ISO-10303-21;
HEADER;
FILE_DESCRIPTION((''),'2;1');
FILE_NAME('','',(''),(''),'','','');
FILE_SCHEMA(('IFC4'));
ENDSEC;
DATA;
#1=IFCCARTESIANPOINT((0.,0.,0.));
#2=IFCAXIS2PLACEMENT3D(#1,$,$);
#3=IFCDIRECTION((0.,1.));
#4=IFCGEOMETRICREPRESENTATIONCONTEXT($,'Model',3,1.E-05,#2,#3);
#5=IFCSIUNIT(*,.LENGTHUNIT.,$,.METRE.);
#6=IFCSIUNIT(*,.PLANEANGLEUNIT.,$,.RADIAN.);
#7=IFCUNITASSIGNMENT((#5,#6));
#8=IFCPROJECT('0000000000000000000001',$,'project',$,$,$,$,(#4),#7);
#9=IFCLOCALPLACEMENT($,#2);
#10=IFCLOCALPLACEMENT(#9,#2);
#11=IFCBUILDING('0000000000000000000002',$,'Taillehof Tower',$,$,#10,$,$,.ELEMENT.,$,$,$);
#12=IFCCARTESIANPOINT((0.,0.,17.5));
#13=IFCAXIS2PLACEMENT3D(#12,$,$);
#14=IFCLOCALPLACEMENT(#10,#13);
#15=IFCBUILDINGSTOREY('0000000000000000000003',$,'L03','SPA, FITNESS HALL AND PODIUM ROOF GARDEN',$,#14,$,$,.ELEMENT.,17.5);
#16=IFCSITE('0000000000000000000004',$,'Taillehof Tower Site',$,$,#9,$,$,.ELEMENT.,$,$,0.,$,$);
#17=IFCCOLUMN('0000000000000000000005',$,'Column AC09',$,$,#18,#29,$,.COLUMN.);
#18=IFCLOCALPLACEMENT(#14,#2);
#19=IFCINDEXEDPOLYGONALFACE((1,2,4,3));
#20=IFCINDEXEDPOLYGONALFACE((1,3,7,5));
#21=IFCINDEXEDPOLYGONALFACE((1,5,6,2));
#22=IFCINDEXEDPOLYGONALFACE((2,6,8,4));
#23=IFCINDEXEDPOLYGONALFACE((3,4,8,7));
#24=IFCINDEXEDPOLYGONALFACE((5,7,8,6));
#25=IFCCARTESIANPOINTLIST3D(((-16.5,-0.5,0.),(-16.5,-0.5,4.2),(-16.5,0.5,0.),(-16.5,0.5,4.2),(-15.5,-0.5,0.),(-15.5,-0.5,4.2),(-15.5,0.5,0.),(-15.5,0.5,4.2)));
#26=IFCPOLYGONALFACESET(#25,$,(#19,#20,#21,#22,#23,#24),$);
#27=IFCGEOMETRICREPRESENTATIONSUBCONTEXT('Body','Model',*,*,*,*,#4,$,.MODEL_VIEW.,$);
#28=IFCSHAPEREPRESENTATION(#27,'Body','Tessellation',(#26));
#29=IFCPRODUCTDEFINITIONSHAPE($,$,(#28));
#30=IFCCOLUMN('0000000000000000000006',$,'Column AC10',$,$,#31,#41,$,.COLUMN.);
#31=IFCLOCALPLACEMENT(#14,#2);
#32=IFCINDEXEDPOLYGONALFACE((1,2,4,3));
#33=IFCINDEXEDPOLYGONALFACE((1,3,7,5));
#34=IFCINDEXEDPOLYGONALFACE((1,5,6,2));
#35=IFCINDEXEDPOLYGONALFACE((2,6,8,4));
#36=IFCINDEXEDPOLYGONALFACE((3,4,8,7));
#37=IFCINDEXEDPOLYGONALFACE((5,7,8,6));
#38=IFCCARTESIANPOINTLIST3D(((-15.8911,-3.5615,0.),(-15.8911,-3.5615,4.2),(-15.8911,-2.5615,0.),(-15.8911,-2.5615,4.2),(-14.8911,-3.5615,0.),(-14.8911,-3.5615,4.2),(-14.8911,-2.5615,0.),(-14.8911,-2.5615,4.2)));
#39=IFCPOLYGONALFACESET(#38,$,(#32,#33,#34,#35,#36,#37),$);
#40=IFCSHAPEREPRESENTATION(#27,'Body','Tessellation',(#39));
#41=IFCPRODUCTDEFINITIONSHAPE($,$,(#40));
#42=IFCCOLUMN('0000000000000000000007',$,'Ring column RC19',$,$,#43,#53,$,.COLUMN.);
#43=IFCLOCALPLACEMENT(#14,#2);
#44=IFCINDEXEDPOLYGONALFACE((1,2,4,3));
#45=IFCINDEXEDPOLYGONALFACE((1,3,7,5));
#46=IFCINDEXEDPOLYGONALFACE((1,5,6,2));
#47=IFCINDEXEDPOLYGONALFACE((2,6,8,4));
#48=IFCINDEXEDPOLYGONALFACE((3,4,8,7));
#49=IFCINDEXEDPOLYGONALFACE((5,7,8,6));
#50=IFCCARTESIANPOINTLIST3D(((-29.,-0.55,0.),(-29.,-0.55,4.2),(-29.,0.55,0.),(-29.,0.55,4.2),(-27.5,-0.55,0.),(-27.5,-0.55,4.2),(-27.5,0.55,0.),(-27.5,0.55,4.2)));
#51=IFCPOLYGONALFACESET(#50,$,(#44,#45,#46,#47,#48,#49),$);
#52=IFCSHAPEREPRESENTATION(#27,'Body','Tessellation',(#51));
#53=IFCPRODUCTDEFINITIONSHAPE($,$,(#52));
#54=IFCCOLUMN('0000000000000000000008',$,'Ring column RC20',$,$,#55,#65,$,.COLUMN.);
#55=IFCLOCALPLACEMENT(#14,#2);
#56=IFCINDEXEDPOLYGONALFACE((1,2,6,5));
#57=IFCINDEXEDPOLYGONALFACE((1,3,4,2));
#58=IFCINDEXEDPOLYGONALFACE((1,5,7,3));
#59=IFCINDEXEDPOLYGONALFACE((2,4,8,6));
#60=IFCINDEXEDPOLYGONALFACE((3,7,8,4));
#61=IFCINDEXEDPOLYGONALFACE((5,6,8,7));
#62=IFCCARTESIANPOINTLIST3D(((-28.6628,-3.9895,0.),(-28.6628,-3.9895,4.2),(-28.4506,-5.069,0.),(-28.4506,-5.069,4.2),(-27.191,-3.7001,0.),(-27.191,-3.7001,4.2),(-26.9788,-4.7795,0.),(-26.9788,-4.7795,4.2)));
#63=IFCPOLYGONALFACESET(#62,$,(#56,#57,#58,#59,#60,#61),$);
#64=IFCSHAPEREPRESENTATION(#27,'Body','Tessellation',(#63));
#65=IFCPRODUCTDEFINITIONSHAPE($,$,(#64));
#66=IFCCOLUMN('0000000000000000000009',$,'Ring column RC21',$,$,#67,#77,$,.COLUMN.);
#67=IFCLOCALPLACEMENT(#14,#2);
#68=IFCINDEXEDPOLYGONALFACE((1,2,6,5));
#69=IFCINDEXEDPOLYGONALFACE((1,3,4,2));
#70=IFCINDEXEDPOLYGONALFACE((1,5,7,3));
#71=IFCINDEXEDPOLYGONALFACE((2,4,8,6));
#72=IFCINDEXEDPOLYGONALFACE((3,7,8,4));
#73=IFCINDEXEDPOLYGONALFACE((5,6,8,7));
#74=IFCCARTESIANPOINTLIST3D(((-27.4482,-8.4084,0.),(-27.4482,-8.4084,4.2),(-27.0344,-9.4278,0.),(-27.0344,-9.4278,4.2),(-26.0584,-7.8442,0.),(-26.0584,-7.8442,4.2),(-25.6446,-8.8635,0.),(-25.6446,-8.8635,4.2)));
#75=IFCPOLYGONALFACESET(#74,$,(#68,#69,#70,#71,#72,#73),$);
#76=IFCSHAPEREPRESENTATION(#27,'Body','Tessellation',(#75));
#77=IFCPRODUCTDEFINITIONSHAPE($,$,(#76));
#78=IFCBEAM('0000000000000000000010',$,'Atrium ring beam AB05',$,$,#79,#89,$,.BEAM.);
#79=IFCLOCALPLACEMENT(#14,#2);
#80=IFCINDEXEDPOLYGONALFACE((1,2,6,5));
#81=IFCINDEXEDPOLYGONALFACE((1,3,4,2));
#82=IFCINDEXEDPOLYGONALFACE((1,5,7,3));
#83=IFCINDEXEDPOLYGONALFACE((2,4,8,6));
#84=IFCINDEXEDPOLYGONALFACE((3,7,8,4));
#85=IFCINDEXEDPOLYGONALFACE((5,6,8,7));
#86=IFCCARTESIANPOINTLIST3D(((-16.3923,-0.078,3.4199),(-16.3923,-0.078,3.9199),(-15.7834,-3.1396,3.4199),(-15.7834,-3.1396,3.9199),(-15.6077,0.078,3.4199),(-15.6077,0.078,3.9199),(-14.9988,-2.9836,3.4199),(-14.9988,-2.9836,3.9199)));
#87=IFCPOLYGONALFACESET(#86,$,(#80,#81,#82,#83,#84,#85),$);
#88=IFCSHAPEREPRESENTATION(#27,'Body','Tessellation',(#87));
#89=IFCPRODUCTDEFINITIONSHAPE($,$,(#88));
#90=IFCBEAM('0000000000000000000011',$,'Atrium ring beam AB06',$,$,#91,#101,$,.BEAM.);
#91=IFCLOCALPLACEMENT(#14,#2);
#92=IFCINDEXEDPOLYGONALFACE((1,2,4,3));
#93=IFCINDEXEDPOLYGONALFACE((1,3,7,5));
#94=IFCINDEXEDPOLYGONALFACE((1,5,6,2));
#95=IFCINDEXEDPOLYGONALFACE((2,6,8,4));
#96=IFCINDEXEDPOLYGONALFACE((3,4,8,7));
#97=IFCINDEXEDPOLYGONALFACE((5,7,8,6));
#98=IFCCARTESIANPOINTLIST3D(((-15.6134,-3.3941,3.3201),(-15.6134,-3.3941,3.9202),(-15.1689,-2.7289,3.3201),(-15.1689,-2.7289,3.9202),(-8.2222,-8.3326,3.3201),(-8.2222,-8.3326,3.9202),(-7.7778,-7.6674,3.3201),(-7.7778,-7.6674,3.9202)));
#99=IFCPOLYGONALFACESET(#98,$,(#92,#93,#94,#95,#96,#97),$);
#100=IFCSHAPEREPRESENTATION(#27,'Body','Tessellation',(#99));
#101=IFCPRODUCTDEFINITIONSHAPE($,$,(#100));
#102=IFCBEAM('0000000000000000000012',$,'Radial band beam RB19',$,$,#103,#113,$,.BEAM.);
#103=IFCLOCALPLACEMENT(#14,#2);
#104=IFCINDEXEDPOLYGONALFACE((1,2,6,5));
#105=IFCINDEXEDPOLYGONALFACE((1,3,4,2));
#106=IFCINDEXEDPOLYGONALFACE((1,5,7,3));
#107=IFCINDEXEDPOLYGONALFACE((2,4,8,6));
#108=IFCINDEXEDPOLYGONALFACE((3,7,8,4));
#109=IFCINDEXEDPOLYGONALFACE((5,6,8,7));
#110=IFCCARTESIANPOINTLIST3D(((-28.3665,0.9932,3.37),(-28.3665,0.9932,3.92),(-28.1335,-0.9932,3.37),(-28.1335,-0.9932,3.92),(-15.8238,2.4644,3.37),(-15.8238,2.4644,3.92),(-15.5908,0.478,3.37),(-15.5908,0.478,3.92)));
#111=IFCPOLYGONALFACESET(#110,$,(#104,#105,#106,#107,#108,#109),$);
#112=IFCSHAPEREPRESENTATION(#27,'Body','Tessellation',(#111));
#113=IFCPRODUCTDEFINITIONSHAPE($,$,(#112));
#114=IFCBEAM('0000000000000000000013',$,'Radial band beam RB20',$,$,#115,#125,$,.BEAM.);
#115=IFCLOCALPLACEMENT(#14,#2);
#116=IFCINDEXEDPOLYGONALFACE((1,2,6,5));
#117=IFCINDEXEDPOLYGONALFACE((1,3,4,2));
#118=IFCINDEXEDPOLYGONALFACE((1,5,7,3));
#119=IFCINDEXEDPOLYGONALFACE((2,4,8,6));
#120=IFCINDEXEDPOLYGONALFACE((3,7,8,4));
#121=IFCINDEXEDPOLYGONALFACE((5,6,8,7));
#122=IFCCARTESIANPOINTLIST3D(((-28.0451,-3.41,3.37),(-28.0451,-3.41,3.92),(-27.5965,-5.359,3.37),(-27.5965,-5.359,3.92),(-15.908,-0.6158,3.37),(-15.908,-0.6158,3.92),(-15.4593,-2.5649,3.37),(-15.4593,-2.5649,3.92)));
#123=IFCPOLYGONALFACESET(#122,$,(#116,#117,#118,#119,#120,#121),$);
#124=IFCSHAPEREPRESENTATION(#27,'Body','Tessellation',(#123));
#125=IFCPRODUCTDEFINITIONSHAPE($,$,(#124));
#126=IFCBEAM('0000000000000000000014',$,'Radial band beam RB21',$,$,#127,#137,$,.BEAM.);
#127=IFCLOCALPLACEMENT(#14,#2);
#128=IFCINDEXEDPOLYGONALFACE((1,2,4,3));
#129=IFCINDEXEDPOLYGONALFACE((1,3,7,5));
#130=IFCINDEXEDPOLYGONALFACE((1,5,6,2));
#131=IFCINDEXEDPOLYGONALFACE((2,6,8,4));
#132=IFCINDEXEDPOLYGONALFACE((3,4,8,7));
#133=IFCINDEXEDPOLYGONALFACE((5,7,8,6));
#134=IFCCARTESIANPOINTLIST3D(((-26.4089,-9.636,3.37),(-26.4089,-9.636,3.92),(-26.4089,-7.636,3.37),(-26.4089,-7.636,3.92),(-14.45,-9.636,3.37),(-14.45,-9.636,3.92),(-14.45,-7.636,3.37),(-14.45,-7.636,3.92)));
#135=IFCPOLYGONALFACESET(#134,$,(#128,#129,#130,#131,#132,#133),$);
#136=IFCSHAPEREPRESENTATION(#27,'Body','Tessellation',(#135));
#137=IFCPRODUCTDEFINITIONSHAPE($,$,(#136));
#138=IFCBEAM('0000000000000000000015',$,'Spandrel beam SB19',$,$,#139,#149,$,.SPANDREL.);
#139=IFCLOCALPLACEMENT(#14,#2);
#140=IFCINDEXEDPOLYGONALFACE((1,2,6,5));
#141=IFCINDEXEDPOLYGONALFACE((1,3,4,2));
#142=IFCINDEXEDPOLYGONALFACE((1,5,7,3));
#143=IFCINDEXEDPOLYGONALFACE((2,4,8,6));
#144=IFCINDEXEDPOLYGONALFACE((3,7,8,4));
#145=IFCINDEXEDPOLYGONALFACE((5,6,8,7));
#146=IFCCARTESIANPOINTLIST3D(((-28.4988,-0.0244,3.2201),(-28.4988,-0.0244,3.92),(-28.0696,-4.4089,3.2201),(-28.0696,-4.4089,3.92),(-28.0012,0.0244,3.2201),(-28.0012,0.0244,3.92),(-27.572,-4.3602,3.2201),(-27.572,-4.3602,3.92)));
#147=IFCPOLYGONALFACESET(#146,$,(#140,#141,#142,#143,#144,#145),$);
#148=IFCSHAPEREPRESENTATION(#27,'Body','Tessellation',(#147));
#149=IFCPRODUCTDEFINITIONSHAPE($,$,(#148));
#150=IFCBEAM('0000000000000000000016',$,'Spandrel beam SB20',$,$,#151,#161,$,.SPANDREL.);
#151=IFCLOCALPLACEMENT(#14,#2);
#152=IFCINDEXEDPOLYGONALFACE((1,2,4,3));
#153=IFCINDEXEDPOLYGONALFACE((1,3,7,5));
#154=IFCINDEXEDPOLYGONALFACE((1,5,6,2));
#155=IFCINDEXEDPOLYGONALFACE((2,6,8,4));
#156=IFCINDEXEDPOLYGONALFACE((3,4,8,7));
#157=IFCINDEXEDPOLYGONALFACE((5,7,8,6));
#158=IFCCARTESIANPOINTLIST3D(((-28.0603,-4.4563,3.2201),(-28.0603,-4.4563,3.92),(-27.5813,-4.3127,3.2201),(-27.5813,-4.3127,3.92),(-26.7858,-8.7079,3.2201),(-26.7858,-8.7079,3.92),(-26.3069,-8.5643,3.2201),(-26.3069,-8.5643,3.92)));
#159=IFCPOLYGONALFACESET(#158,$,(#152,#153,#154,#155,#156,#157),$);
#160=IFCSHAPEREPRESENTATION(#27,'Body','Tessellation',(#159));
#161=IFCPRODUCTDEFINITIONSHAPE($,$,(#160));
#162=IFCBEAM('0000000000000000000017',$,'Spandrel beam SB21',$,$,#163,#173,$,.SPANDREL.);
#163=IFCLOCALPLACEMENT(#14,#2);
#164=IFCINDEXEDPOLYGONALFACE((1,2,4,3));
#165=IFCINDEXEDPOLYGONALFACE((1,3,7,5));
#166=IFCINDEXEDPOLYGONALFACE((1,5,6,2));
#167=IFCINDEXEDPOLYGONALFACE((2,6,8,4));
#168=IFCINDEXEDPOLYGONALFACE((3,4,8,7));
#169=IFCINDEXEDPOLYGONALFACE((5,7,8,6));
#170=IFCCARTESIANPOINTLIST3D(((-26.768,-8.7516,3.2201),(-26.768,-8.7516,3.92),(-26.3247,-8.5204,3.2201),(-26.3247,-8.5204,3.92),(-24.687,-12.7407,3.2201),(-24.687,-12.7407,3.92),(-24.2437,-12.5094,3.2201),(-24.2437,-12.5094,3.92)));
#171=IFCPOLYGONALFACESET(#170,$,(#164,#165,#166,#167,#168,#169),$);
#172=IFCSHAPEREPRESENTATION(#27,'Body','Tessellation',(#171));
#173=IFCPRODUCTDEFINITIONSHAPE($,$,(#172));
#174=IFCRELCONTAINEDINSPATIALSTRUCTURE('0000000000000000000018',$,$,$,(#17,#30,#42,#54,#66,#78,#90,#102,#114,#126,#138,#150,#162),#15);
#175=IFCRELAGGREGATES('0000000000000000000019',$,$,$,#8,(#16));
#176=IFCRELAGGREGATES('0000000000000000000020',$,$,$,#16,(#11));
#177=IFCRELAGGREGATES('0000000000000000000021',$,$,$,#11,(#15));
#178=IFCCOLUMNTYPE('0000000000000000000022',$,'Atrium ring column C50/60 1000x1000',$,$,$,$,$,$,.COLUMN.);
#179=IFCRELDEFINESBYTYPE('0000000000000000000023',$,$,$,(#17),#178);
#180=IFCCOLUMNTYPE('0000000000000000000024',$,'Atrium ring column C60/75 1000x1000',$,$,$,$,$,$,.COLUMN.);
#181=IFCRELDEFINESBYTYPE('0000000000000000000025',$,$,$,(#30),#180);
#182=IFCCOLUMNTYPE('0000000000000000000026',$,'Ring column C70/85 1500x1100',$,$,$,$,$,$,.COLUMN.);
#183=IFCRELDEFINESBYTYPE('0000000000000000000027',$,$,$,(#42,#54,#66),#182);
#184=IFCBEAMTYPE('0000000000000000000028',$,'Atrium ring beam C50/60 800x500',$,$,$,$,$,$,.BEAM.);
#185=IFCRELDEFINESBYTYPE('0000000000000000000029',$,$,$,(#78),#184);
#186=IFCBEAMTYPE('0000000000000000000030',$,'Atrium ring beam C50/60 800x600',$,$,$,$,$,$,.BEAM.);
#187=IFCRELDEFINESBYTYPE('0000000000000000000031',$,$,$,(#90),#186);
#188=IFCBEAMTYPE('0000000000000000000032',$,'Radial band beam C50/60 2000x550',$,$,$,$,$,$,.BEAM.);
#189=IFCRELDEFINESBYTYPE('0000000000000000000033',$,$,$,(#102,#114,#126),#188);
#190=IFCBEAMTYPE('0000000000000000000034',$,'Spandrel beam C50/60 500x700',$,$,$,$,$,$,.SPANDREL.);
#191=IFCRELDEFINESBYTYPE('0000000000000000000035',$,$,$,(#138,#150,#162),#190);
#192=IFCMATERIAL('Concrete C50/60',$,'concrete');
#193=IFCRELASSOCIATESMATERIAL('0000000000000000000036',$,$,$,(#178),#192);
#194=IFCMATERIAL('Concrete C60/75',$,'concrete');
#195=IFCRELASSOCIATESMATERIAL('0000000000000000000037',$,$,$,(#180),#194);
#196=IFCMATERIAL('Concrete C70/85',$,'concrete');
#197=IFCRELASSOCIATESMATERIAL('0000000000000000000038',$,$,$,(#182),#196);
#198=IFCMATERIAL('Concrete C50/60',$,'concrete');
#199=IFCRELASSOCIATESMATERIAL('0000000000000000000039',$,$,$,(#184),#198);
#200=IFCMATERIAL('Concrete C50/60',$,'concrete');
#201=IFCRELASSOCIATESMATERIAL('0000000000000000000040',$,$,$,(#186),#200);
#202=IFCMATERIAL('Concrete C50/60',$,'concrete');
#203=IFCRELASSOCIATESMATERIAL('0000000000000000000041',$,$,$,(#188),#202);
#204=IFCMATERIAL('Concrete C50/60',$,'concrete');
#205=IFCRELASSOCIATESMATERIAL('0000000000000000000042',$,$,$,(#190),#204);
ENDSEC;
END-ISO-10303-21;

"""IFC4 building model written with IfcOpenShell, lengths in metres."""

from ifc_helpers import new_model, si_unit, direction, frame, origin, origin_2d, place, context, subcontext, project, spatial, rectangle, extrude, material, material_profile, profile_set, type_object, element, save


model = new_model("IFC4")

# Units and contexts
model_context = context("Model", 3, precision=1e-05, world=origin(), true_north=direction((0.0, 1.0)))
body_context = subcontext(model_context, "Body", "Model", "MODEL_VIEW")
ifc_project = project(units=[si_unit("LENGTHUNIT", "METRE"), si_unit("PLANEANGLEUNIT", "RADIAN")], contexts=[model_context])

# Site, building, storey
site_placement = place(None, origin())
site = spatial("IfcSite", under=ifc_project, at=site_placement, Name="Taillehof Tower Site", CompositionType="ELEMENT", RefElevation=0.0)
building_placement = place(site_placement, origin())
building = spatial("IfcBuilding", under=site, at=building_placement, Name="Taillehof Tower", CompositionType="ELEMENT")
storey_placement = place(building_placement, frame((0.0, 0.0, 17.5)))
storey = spatial("IfcBuildingStorey", under=building, at=storey_placement, Name="L03", Description="SPA, FITNESS HALL AND PODIUM ROOF GARDEN", CompositionType="ELEMENT", Elevation=17.5)

# Columns
ifc_material_1 = material(Name="Concrete C50/60", Category="concrete")
ifc_material_profile_1 = material_profile(ifc_material_1, rectangle(XDim=1.0, YDim=1.0, at=origin_2d()), Name="RC 1000x1000")
ifc_profile_set_1 = profile_set([ifc_material_profile_1], Name="Concrete C50/60")
column_type_1 = type_object("IfcColumnType", Name="Atrium ring column C50/60 1000x1000", PredefinedType="COLUMN", material=ifc_profile_set_1)
column_1_placement = place(storey_placement, frame((-16.0, 0.0, 0.0), z_axis=(0.0, 0.0, 1.0), x_axis=(1.0, 0.0, 0.0)))
element("IfcColumn", 1, at=column_1_placement, inside=storey, type_object=column_type_1, Name="Column AC09", PredefinedType="COLUMN", context=body_context, shape_type="SweptSolid", body=[
    extrude(rectangle(XDim=1.0, YDim=1.0, at=origin_2d()), origin(), (0.0, 0.0, 1.0), 4.2),
])
ifc_material_2 = material(Name="Concrete C60/75", Category="concrete")
ifc_material_profile_2 = material_profile(ifc_material_2, rectangle(XDim=1.0, YDim=1.0, at=origin_2d()), Name="RC 1000x1000")
ifc_profile_set_2 = profile_set([ifc_material_profile_2], Name="Concrete C60/75")
column_type_2 = type_object("IfcColumnType", Name="Atrium ring column C60/75 1000x1000", PredefinedType="COLUMN", material=ifc_profile_set_2)
column_2_placement = place(storey_placement, frame((-15.3911, -3.0615, 0.0), z_axis=(0.0, 0.0, 1.0), x_axis=(1.0, 0.0, 0.0)))
element("IfcColumn", 2, at=column_2_placement, inside=storey, type_object=column_type_2, Name="Column AC10", PredefinedType="COLUMN", context=body_context, shape_type="SweptSolid", body=[
    extrude(rectangle(XDim=1.0, YDim=1.0, at=origin_2d()), origin(), (0.0, 0.0, 1.0), 4.2),
])
ifc_material_3 = material(Name="Concrete C70/85", Category="concrete")
ifc_material_profile_3 = material_profile(ifc_material_3, rectangle(XDim=1.5, YDim=1.1001, at=origin_2d()), Name="RC 1500x1100")
ifc_profile_set_3 = profile_set([ifc_material_profile_3], Name="Concrete C70/85")
column_type_3 = type_object("IfcColumnType", Name="Ring column C70/85 1500x1100", PredefinedType="COLUMN", material=ifc_profile_set_3)
for number, where, z_axis, x_axis, name in (
    (3, (-28.25, 0.0, 0.0), (0.0, 0.0, 1.0), (-1.0, 0.0, 0.0), "Ring column RC19"),
    (4, (-27.8208, -4.3845, 0.0), (0.0, 0.0, 1.0), (-0.981204, -0.192976, 0.0), "Ring column RC20"),
    (5, (-26.5464, -8.636, 0.0), (0.0, 0.0, 1.0), (-0.926558, -0.376152, 0.0), "Ring column RC21"),
):
    element("IfcColumn", number, at=place(storey_placement, frame(where, z_axis=z_axis, x_axis=x_axis)), inside=storey, type_object=column_type_3, Name=name, PredefinedType="COLUMN", context=body_context, shape_type="SweptSolid", body=[
        extrude(rectangle(XDim=1.5, YDim=1.1001, at=origin_2d()), origin(), (0.0, 0.0, 1.0), 4.2),
    ])

# Beams
ifc_material_4 = material(Name="Concrete C50/60", Category="concrete")
ifc_material_profile_4 = material_profile(ifc_material_4, rectangle(XDim=0.8, YDim=0.5, at=origin_2d()), Name="RC 800x500")
ifc_profile_set_4 = profile_set([ifc_material_profile_4], Name="Concrete C50/60")
beam_type_1 = type_object("IfcBeamType", Name="Atrium ring beam C50/60 800x500", PredefinedType="BEAM", material=ifc_profile_set_4)
beam_1_placement = place(storey_placement, frame((-16.0, 0.0, 3.6699), z_axis=(0.195063, -0.980791, 0.0), x_axis=(0.980791, 0.195063, 0.0)))
element("IfcBeam", 6, at=beam_1_placement, inside=storey, type_object=beam_type_1, Name="Atrium ring beam AB05", PredefinedType="BEAM", context=body_context, shape_type="SweptSolid", body=[
    extrude(rectangle(XDim=0.8, YDim=0.5, at=origin_2d()), origin(), (0.0, 0.0, 1.0), 3.1216),
])
ifc_material_5 = material(Name="Concrete C50/60", Category="concrete")
ifc_material_profile_5 = material_profile(ifc_material_5, rectangle(XDim=0.8, YDim=0.6001, at=origin_2d()), Name="RC 800x600")
ifc_profile_set_5 = profile_set([ifc_material_profile_5], Name="Concrete C50/60")
beam_type_2 = type_object("IfcBeamType", Name="Atrium ring beam C50/60 800x600", PredefinedType="BEAM", material=ifc_profile_set_5)
beam_2_placement = place(storey_placement, frame((-15.3911, -3.0615, 3.6201), z_axis=(0.831475, -0.555562, 0.0), x_axis=(0.555562, 0.831475, 0.0)))
element("IfcBeam", 7, at=beam_2_placement, inside=storey, type_object=beam_type_2, Name="Atrium ring beam AB06", PredefinedType="BEAM", context=body_context, shape_type="SweptSolid", body=[
    extrude(rectangle(XDim=0.8, YDim=0.6001, at=origin_2d()), origin(), (0.0, 0.0, 1.0), 8.8892),
])
ifc_material_6 = material(Name="Concrete C50/60", Category="concrete")
ifc_material_profile_6 = material_profile(ifc_material_6, rectangle(XDim=2.0, YDim=0.55, at=origin_2d()), Name="RC 2000x550")
ifc_profile_set_6 = profile_set([ifc_material_profile_6], Name="Concrete C50/60")
beam_type_3 = type_object("IfcBeamType", Name="Radial band beam C50/60 2000x550", PredefinedType="BEAM", material=ifc_profile_set_6)
beam_3_placement = place(storey_placement, frame((-28.25, 0.0, 3.645), z_axis=(0.993191, 0.116496, 0.0), x_axis=(-0.116496, 0.993191, 0.0)))
element("IfcBeam", 8, at=beam_3_placement, inside=storey, type_object=beam_type_3, Name="Radial band beam RB19", PredefinedType="BEAM", context=body_context, shape_type="SweptSolid", body=[
    extrude(rectangle(XDim=2.0, YDim=0.55, at=origin_2d()), origin(), (0.0, 0.0, 1.0), 12.6287),
])
beam_4_placement = place(storey_placement, frame((-27.8208, -4.3845, 3.645), z_axis=(0.974509, 0.224348, 0.0), x_axis=(-0.224348, 0.974509, 0.0)))
element("IfcBeam", 9, at=beam_4_placement, inside=storey, type_object=beam_type_3, Name="Radial band beam RB20", PredefinedType="BEAM", context=body_context, shape_type="SweptSolid", body=[
    extrude(rectangle(XDim=2.0, YDim=0.55, at=origin_2d()), origin(), (0.0, 0.0, 1.0), 12.4546),
])
beam_5_placement = place(storey_placement, frame((-26.4089, -8.636, 3.645), z_axis=(1.0, 0.0, 0.0), x_axis=(0.0, 1.0, 0.0)))
element("IfcBeam", 10, at=beam_5_placement, inside=storey, type_object=beam_type_3, Name="Radial band beam RB21", PredefinedType="BEAM", context=body_context, shape_type="SweptSolid", body=[
    extrude(rectangle(XDim=2.0, YDim=0.55, at=origin_2d()), origin(), (0.0, 0.0, 1.0), 11.959),
])
ifc_material_7 = material(Name="Concrete C50/60", Category="concrete")
ifc_material_profile_7 = material_profile(ifc_material_7, rectangle(XDim=0.5, YDim=0.7, at=origin_2d()), Name="RC 500x700")
ifc_profile_set_7 = profile_set([ifc_material_profile_7], Name="Concrete C50/60")
beam_type_4 = type_object("IfcBeamType", Name="Spandrel beam C50/60 500x700", PredefinedType="SPANDREL", material=ifc_profile_set_7)
beam_6_placement = place(storey_placement, frame((-28.25, 0.0, 3.5701), z_axis=(0.097424, -0.995243, 0.0), x_axis=(0.995243, 0.097424, 0.0)))
element("IfcBeam", 11, at=beam_6_placement, inside=storey, type_object=beam_type_4, Name="Spandrel beam SB19", PredefinedType="SPANDREL", context=body_context, shape_type="SweptSolid", body=[
    extrude(rectangle(XDim=0.5, YDim=0.7, at=origin_2d()), origin(), (0.0, 0.0, 1.0), 4.4055),
])
beam_7_placement = place(storey_placement, frame((-27.8208, -4.3845, 3.5701), z_axis=(0.287136, -0.95789, 0.0), x_axis=(0.95789, 0.287136, 0.0)))
element("IfcBeam", 12, at=beam_7_placement, inside=storey, type_object=beam_type_4, Name="Spandrel beam SB20", PredefinedType="SPANDREL", context=body_context, shape_type="SweptSolid", body=[
    extrude(rectangle(XDim=0.5, YDim=0.7, at=origin_2d()), origin(), (0.0, 0.0, 1.0), 4.4385),
])
beam_8_placement = place(storey_placement, frame((-26.5464, -8.636, 3.5701), z_axis=(0.462536, -0.8866, 0.0), x_axis=(0.8866, 0.462536, 0.0)))
element("IfcBeam", 13, at=beam_8_placement, inside=storey, type_object=beam_type_4, Name="Spandrel beam SB21", PredefinedType="SPANDREL", context=body_context, shape_type="SweptSolid", body=[
    extrude(rectangle(XDim=0.5, YDim=0.7, at=origin_2d()), origin(), (0.0, 0.0, 1.0), 4.4993),
])

save(model, "model.ifc")
